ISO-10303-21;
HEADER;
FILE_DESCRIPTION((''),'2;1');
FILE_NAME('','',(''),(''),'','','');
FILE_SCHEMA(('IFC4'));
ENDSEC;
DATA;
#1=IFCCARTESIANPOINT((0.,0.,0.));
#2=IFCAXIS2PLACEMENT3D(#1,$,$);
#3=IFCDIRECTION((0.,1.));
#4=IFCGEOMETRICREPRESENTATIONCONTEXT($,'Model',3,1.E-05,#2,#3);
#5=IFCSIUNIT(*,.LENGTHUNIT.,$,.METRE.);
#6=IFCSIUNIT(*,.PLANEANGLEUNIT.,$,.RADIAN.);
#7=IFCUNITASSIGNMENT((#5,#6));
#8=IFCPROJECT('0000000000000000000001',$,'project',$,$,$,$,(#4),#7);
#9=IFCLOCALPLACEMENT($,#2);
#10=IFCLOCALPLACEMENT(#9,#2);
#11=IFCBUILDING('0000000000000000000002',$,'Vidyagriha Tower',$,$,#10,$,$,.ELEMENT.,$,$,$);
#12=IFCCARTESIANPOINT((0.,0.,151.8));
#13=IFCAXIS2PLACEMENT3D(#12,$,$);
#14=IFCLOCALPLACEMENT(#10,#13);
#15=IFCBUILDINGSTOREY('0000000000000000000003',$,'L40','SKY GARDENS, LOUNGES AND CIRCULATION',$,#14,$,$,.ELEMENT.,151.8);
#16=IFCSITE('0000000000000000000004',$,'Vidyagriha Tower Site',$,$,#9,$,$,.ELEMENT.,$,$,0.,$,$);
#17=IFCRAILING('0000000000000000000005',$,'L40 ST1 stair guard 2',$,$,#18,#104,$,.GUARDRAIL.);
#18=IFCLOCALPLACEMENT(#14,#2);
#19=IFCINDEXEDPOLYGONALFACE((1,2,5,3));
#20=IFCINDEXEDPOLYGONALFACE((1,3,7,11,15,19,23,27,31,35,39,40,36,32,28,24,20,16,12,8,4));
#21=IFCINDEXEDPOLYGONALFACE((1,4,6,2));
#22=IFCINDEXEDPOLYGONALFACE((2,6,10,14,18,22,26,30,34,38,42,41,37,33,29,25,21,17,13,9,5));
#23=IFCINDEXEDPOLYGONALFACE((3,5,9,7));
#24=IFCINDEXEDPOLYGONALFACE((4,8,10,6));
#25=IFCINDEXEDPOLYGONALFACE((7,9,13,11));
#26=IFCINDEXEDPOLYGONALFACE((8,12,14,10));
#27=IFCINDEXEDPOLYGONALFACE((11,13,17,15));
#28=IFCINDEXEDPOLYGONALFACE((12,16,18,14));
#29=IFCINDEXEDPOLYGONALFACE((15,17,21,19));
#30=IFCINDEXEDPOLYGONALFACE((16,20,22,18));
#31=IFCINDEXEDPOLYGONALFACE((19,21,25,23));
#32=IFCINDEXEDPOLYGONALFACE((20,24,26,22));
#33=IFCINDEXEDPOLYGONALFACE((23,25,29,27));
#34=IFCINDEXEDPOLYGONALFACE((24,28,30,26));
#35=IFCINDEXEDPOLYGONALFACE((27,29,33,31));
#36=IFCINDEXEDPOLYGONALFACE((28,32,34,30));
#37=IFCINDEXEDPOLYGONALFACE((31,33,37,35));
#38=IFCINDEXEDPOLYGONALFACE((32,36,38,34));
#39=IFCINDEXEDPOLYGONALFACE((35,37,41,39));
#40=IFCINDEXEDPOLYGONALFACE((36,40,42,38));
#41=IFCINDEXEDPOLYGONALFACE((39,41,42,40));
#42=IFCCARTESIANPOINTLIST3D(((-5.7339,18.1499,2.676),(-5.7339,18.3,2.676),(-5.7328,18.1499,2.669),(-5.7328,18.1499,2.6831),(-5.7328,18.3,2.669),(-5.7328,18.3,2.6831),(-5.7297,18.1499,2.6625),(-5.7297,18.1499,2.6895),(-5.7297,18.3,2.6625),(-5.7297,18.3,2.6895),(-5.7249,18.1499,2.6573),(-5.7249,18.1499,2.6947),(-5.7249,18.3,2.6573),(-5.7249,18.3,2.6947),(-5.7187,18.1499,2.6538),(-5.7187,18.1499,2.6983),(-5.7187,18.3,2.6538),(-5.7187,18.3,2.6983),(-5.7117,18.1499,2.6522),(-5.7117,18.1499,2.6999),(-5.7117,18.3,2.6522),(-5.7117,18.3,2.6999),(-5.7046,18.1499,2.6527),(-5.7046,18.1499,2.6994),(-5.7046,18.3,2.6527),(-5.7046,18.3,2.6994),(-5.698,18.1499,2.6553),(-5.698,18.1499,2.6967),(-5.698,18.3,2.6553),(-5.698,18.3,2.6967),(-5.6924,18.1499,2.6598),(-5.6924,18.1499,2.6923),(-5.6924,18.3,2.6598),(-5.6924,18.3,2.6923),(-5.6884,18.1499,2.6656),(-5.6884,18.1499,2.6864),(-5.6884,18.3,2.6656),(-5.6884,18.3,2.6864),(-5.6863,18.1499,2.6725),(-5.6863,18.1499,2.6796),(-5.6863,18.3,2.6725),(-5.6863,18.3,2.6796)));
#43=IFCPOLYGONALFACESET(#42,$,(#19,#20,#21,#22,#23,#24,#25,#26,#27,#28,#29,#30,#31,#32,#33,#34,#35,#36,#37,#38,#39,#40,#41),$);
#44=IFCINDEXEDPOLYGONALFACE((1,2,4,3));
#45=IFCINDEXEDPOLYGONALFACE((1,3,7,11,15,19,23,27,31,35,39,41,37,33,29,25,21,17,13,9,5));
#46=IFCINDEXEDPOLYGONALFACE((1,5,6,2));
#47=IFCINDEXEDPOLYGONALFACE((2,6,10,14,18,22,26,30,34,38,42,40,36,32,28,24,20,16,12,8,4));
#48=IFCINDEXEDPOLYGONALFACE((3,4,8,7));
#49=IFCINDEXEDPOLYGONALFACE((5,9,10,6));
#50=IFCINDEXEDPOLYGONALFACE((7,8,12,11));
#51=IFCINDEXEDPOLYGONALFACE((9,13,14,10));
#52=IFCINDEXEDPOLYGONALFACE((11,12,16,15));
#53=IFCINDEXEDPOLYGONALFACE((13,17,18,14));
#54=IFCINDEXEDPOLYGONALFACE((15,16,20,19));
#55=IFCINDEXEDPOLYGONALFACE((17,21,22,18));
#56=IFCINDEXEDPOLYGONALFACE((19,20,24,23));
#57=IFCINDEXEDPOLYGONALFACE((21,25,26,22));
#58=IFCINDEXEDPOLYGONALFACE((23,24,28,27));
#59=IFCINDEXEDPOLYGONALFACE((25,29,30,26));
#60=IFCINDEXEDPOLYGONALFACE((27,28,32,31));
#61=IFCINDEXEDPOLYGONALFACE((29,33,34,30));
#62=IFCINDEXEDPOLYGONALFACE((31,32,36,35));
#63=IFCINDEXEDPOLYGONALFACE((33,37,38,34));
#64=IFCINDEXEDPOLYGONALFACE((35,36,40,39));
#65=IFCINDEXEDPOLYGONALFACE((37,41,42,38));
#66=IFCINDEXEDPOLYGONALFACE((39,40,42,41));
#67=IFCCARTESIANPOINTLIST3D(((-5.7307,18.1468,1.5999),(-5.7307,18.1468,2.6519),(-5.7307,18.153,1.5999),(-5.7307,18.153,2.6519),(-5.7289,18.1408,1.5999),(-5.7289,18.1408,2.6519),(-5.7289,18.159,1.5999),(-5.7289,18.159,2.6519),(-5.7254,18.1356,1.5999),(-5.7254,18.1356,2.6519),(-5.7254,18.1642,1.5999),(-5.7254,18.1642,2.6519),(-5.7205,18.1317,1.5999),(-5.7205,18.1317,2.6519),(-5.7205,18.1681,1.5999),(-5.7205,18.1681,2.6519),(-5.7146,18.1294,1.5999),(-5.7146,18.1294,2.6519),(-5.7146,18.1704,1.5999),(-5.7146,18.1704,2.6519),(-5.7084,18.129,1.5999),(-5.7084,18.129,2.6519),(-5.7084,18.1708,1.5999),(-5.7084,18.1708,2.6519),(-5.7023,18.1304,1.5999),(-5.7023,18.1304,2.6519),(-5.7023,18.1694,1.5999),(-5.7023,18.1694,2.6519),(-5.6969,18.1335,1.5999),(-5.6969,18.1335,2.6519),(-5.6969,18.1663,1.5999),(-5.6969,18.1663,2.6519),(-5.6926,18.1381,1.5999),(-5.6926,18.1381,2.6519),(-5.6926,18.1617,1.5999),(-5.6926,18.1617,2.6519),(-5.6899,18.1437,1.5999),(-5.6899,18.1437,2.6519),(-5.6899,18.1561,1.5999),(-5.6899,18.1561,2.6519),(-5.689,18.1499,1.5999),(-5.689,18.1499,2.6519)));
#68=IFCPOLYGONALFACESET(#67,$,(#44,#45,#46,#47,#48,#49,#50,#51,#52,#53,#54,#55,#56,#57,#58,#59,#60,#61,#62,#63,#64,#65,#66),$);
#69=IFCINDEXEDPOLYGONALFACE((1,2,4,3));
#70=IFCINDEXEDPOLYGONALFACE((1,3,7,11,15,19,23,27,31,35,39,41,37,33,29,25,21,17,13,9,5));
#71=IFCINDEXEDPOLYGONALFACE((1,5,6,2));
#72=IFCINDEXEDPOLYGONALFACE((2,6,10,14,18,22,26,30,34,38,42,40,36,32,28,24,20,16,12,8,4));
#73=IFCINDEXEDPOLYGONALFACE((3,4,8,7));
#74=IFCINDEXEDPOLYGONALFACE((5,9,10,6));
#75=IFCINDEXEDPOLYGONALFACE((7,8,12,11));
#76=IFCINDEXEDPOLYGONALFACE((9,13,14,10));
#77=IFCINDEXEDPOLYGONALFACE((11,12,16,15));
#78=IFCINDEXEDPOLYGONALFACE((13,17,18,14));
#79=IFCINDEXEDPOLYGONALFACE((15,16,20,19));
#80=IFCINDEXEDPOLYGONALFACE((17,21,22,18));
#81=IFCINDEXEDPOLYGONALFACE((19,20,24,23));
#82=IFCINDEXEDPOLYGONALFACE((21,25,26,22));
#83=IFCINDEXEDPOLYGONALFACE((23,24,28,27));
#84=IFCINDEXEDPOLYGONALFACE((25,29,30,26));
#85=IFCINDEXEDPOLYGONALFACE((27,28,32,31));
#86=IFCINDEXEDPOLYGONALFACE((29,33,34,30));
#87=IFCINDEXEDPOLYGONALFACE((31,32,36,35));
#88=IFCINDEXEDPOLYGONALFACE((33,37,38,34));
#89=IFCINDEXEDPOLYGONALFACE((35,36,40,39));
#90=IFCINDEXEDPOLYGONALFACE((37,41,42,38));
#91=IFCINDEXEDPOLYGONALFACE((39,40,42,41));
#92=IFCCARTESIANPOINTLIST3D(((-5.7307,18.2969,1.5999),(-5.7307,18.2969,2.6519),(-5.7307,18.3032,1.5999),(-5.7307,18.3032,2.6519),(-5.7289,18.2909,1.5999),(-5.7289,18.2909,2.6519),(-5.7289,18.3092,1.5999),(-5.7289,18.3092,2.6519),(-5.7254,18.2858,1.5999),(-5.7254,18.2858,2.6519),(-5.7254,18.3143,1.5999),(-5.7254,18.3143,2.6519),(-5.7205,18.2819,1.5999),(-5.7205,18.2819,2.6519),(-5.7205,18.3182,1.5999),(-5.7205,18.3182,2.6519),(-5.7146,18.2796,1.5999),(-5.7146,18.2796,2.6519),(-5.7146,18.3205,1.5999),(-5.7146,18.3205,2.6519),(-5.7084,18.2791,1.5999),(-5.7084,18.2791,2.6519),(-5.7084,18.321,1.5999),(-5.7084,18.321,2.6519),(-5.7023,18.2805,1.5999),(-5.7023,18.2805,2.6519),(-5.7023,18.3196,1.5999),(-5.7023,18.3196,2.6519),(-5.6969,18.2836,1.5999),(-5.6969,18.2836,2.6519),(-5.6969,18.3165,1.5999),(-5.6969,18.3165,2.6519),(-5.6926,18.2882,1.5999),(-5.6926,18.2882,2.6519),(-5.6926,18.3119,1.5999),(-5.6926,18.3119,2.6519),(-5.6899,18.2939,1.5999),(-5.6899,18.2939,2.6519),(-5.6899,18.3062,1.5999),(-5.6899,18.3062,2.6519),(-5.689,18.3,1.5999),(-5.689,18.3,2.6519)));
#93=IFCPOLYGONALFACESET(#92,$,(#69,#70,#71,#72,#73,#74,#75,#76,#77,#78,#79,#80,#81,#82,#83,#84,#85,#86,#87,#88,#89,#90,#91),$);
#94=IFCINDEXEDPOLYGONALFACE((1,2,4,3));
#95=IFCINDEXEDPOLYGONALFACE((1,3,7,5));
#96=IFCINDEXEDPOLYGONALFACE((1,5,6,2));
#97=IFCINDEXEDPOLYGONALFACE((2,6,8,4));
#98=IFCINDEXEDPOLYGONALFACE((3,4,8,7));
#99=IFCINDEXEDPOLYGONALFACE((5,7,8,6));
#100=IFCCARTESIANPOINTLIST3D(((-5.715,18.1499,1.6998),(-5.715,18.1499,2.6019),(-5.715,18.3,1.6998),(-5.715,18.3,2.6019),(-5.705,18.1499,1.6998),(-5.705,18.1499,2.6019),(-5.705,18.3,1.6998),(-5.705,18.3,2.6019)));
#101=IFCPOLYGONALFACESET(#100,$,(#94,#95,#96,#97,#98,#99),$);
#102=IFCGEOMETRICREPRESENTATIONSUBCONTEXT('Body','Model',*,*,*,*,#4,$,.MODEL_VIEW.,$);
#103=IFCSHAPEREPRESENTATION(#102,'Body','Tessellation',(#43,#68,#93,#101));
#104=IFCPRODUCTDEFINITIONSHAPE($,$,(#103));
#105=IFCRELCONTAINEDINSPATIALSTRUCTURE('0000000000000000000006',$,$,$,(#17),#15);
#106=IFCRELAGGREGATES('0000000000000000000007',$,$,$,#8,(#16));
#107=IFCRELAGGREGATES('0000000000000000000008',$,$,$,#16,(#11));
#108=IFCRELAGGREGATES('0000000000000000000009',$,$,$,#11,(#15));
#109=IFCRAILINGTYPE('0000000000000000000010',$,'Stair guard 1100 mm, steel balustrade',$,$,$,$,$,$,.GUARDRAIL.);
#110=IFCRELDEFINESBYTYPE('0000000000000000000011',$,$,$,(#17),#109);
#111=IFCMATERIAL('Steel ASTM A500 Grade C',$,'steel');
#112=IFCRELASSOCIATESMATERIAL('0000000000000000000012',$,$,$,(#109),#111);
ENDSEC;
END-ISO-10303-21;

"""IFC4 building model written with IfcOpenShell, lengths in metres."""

from ifc_helpers import new_model, si_unit, direction, frame, origin, origin_2d, place, context, subcontext, project, spatial, rectangle, circle, extrude, material, type_object, element, save


model = new_model("IFC4")

# Units and contexts
model_context = context("Model", 3, precision=1e-05, world=origin(), true_north=direction((0.0, 1.0)))
body_context = subcontext(model_context, "Body", "Model", "MODEL_VIEW")
ifc_project = project(units=[si_unit("LENGTHUNIT", "METRE"), si_unit("PLANEANGLEUNIT", "RADIAN")], contexts=[model_context])

# Site, building, storey
site_placement = place(None, origin())
site = spatial("IfcSite", under=ifc_project, at=site_placement, Name="Vidyagriha Tower Site", CompositionType="ELEMENT", RefElevation=0.0)
building_placement = place(site_placement, origin())
building = spatial("IfcBuilding", under=site, at=building_placement, Name="Vidyagriha Tower", CompositionType="ELEMENT")
storey_placement = place(building_placement, frame((0.0, 0.0, 151.8)))
storey = spatial("IfcBuildingStorey", under=building, at=storey_placement, Name="L40", Description="SKY GARDENS, LOUNGES AND CIRCULATION", CompositionType="ELEMENT", Elevation=151.8)

# Railing
ifc_material_1 = material(Name="Steel ASTM A500 Grade C", Category="steel")
railing_type_1 = type_object("IfcRailingType", Name="Stair guard 1100 mm, steel balustrade", PredefinedType="GUARDRAIL", material=ifc_material_1)
railing_1_placement = place(storey_placement, frame((-5.71, 18.1499, 1.5999)))
element("IfcRailing", 1, at=railing_1_placement, inside=storey, type_object=railing_type_1, Name="L40 ST1 stair guard 2", PredefinedType="GUARDRAIL", context=body_context, shape_type="SweptSolid", body=[
    extrude(circle(Radius=0.0239, at=origin_2d()), frame((0.0, 0.0, 1.0762), z_axis=(0.0, 1.0, 0.0), x_axis=(-1.0, 0.0, 0.0)), (0.0, 0.0, 1.0), 0.1501),
    extrude(circle(Radius=0.021, at=origin_2d()), origin(), (0.0, 0.0, 1.0), 1.052),
    extrude(circle(Radius=0.021, at=origin_2d()), frame((0.0, 0.1501, 0.0)), (0.0, 0.0, 1.0), 1.052),
    extrude(rectangle(XDim=0.01, YDim=0.9021, at=origin_2d()), frame((0.0, 0.0, 0.551), z_axis=(0.0, 1.0, 0.0), x_axis=(-1.0, 0.0, 0.0)), (0.0, 0.0, 1.0), 0.1501),
])

save(model, "model.ifc")
